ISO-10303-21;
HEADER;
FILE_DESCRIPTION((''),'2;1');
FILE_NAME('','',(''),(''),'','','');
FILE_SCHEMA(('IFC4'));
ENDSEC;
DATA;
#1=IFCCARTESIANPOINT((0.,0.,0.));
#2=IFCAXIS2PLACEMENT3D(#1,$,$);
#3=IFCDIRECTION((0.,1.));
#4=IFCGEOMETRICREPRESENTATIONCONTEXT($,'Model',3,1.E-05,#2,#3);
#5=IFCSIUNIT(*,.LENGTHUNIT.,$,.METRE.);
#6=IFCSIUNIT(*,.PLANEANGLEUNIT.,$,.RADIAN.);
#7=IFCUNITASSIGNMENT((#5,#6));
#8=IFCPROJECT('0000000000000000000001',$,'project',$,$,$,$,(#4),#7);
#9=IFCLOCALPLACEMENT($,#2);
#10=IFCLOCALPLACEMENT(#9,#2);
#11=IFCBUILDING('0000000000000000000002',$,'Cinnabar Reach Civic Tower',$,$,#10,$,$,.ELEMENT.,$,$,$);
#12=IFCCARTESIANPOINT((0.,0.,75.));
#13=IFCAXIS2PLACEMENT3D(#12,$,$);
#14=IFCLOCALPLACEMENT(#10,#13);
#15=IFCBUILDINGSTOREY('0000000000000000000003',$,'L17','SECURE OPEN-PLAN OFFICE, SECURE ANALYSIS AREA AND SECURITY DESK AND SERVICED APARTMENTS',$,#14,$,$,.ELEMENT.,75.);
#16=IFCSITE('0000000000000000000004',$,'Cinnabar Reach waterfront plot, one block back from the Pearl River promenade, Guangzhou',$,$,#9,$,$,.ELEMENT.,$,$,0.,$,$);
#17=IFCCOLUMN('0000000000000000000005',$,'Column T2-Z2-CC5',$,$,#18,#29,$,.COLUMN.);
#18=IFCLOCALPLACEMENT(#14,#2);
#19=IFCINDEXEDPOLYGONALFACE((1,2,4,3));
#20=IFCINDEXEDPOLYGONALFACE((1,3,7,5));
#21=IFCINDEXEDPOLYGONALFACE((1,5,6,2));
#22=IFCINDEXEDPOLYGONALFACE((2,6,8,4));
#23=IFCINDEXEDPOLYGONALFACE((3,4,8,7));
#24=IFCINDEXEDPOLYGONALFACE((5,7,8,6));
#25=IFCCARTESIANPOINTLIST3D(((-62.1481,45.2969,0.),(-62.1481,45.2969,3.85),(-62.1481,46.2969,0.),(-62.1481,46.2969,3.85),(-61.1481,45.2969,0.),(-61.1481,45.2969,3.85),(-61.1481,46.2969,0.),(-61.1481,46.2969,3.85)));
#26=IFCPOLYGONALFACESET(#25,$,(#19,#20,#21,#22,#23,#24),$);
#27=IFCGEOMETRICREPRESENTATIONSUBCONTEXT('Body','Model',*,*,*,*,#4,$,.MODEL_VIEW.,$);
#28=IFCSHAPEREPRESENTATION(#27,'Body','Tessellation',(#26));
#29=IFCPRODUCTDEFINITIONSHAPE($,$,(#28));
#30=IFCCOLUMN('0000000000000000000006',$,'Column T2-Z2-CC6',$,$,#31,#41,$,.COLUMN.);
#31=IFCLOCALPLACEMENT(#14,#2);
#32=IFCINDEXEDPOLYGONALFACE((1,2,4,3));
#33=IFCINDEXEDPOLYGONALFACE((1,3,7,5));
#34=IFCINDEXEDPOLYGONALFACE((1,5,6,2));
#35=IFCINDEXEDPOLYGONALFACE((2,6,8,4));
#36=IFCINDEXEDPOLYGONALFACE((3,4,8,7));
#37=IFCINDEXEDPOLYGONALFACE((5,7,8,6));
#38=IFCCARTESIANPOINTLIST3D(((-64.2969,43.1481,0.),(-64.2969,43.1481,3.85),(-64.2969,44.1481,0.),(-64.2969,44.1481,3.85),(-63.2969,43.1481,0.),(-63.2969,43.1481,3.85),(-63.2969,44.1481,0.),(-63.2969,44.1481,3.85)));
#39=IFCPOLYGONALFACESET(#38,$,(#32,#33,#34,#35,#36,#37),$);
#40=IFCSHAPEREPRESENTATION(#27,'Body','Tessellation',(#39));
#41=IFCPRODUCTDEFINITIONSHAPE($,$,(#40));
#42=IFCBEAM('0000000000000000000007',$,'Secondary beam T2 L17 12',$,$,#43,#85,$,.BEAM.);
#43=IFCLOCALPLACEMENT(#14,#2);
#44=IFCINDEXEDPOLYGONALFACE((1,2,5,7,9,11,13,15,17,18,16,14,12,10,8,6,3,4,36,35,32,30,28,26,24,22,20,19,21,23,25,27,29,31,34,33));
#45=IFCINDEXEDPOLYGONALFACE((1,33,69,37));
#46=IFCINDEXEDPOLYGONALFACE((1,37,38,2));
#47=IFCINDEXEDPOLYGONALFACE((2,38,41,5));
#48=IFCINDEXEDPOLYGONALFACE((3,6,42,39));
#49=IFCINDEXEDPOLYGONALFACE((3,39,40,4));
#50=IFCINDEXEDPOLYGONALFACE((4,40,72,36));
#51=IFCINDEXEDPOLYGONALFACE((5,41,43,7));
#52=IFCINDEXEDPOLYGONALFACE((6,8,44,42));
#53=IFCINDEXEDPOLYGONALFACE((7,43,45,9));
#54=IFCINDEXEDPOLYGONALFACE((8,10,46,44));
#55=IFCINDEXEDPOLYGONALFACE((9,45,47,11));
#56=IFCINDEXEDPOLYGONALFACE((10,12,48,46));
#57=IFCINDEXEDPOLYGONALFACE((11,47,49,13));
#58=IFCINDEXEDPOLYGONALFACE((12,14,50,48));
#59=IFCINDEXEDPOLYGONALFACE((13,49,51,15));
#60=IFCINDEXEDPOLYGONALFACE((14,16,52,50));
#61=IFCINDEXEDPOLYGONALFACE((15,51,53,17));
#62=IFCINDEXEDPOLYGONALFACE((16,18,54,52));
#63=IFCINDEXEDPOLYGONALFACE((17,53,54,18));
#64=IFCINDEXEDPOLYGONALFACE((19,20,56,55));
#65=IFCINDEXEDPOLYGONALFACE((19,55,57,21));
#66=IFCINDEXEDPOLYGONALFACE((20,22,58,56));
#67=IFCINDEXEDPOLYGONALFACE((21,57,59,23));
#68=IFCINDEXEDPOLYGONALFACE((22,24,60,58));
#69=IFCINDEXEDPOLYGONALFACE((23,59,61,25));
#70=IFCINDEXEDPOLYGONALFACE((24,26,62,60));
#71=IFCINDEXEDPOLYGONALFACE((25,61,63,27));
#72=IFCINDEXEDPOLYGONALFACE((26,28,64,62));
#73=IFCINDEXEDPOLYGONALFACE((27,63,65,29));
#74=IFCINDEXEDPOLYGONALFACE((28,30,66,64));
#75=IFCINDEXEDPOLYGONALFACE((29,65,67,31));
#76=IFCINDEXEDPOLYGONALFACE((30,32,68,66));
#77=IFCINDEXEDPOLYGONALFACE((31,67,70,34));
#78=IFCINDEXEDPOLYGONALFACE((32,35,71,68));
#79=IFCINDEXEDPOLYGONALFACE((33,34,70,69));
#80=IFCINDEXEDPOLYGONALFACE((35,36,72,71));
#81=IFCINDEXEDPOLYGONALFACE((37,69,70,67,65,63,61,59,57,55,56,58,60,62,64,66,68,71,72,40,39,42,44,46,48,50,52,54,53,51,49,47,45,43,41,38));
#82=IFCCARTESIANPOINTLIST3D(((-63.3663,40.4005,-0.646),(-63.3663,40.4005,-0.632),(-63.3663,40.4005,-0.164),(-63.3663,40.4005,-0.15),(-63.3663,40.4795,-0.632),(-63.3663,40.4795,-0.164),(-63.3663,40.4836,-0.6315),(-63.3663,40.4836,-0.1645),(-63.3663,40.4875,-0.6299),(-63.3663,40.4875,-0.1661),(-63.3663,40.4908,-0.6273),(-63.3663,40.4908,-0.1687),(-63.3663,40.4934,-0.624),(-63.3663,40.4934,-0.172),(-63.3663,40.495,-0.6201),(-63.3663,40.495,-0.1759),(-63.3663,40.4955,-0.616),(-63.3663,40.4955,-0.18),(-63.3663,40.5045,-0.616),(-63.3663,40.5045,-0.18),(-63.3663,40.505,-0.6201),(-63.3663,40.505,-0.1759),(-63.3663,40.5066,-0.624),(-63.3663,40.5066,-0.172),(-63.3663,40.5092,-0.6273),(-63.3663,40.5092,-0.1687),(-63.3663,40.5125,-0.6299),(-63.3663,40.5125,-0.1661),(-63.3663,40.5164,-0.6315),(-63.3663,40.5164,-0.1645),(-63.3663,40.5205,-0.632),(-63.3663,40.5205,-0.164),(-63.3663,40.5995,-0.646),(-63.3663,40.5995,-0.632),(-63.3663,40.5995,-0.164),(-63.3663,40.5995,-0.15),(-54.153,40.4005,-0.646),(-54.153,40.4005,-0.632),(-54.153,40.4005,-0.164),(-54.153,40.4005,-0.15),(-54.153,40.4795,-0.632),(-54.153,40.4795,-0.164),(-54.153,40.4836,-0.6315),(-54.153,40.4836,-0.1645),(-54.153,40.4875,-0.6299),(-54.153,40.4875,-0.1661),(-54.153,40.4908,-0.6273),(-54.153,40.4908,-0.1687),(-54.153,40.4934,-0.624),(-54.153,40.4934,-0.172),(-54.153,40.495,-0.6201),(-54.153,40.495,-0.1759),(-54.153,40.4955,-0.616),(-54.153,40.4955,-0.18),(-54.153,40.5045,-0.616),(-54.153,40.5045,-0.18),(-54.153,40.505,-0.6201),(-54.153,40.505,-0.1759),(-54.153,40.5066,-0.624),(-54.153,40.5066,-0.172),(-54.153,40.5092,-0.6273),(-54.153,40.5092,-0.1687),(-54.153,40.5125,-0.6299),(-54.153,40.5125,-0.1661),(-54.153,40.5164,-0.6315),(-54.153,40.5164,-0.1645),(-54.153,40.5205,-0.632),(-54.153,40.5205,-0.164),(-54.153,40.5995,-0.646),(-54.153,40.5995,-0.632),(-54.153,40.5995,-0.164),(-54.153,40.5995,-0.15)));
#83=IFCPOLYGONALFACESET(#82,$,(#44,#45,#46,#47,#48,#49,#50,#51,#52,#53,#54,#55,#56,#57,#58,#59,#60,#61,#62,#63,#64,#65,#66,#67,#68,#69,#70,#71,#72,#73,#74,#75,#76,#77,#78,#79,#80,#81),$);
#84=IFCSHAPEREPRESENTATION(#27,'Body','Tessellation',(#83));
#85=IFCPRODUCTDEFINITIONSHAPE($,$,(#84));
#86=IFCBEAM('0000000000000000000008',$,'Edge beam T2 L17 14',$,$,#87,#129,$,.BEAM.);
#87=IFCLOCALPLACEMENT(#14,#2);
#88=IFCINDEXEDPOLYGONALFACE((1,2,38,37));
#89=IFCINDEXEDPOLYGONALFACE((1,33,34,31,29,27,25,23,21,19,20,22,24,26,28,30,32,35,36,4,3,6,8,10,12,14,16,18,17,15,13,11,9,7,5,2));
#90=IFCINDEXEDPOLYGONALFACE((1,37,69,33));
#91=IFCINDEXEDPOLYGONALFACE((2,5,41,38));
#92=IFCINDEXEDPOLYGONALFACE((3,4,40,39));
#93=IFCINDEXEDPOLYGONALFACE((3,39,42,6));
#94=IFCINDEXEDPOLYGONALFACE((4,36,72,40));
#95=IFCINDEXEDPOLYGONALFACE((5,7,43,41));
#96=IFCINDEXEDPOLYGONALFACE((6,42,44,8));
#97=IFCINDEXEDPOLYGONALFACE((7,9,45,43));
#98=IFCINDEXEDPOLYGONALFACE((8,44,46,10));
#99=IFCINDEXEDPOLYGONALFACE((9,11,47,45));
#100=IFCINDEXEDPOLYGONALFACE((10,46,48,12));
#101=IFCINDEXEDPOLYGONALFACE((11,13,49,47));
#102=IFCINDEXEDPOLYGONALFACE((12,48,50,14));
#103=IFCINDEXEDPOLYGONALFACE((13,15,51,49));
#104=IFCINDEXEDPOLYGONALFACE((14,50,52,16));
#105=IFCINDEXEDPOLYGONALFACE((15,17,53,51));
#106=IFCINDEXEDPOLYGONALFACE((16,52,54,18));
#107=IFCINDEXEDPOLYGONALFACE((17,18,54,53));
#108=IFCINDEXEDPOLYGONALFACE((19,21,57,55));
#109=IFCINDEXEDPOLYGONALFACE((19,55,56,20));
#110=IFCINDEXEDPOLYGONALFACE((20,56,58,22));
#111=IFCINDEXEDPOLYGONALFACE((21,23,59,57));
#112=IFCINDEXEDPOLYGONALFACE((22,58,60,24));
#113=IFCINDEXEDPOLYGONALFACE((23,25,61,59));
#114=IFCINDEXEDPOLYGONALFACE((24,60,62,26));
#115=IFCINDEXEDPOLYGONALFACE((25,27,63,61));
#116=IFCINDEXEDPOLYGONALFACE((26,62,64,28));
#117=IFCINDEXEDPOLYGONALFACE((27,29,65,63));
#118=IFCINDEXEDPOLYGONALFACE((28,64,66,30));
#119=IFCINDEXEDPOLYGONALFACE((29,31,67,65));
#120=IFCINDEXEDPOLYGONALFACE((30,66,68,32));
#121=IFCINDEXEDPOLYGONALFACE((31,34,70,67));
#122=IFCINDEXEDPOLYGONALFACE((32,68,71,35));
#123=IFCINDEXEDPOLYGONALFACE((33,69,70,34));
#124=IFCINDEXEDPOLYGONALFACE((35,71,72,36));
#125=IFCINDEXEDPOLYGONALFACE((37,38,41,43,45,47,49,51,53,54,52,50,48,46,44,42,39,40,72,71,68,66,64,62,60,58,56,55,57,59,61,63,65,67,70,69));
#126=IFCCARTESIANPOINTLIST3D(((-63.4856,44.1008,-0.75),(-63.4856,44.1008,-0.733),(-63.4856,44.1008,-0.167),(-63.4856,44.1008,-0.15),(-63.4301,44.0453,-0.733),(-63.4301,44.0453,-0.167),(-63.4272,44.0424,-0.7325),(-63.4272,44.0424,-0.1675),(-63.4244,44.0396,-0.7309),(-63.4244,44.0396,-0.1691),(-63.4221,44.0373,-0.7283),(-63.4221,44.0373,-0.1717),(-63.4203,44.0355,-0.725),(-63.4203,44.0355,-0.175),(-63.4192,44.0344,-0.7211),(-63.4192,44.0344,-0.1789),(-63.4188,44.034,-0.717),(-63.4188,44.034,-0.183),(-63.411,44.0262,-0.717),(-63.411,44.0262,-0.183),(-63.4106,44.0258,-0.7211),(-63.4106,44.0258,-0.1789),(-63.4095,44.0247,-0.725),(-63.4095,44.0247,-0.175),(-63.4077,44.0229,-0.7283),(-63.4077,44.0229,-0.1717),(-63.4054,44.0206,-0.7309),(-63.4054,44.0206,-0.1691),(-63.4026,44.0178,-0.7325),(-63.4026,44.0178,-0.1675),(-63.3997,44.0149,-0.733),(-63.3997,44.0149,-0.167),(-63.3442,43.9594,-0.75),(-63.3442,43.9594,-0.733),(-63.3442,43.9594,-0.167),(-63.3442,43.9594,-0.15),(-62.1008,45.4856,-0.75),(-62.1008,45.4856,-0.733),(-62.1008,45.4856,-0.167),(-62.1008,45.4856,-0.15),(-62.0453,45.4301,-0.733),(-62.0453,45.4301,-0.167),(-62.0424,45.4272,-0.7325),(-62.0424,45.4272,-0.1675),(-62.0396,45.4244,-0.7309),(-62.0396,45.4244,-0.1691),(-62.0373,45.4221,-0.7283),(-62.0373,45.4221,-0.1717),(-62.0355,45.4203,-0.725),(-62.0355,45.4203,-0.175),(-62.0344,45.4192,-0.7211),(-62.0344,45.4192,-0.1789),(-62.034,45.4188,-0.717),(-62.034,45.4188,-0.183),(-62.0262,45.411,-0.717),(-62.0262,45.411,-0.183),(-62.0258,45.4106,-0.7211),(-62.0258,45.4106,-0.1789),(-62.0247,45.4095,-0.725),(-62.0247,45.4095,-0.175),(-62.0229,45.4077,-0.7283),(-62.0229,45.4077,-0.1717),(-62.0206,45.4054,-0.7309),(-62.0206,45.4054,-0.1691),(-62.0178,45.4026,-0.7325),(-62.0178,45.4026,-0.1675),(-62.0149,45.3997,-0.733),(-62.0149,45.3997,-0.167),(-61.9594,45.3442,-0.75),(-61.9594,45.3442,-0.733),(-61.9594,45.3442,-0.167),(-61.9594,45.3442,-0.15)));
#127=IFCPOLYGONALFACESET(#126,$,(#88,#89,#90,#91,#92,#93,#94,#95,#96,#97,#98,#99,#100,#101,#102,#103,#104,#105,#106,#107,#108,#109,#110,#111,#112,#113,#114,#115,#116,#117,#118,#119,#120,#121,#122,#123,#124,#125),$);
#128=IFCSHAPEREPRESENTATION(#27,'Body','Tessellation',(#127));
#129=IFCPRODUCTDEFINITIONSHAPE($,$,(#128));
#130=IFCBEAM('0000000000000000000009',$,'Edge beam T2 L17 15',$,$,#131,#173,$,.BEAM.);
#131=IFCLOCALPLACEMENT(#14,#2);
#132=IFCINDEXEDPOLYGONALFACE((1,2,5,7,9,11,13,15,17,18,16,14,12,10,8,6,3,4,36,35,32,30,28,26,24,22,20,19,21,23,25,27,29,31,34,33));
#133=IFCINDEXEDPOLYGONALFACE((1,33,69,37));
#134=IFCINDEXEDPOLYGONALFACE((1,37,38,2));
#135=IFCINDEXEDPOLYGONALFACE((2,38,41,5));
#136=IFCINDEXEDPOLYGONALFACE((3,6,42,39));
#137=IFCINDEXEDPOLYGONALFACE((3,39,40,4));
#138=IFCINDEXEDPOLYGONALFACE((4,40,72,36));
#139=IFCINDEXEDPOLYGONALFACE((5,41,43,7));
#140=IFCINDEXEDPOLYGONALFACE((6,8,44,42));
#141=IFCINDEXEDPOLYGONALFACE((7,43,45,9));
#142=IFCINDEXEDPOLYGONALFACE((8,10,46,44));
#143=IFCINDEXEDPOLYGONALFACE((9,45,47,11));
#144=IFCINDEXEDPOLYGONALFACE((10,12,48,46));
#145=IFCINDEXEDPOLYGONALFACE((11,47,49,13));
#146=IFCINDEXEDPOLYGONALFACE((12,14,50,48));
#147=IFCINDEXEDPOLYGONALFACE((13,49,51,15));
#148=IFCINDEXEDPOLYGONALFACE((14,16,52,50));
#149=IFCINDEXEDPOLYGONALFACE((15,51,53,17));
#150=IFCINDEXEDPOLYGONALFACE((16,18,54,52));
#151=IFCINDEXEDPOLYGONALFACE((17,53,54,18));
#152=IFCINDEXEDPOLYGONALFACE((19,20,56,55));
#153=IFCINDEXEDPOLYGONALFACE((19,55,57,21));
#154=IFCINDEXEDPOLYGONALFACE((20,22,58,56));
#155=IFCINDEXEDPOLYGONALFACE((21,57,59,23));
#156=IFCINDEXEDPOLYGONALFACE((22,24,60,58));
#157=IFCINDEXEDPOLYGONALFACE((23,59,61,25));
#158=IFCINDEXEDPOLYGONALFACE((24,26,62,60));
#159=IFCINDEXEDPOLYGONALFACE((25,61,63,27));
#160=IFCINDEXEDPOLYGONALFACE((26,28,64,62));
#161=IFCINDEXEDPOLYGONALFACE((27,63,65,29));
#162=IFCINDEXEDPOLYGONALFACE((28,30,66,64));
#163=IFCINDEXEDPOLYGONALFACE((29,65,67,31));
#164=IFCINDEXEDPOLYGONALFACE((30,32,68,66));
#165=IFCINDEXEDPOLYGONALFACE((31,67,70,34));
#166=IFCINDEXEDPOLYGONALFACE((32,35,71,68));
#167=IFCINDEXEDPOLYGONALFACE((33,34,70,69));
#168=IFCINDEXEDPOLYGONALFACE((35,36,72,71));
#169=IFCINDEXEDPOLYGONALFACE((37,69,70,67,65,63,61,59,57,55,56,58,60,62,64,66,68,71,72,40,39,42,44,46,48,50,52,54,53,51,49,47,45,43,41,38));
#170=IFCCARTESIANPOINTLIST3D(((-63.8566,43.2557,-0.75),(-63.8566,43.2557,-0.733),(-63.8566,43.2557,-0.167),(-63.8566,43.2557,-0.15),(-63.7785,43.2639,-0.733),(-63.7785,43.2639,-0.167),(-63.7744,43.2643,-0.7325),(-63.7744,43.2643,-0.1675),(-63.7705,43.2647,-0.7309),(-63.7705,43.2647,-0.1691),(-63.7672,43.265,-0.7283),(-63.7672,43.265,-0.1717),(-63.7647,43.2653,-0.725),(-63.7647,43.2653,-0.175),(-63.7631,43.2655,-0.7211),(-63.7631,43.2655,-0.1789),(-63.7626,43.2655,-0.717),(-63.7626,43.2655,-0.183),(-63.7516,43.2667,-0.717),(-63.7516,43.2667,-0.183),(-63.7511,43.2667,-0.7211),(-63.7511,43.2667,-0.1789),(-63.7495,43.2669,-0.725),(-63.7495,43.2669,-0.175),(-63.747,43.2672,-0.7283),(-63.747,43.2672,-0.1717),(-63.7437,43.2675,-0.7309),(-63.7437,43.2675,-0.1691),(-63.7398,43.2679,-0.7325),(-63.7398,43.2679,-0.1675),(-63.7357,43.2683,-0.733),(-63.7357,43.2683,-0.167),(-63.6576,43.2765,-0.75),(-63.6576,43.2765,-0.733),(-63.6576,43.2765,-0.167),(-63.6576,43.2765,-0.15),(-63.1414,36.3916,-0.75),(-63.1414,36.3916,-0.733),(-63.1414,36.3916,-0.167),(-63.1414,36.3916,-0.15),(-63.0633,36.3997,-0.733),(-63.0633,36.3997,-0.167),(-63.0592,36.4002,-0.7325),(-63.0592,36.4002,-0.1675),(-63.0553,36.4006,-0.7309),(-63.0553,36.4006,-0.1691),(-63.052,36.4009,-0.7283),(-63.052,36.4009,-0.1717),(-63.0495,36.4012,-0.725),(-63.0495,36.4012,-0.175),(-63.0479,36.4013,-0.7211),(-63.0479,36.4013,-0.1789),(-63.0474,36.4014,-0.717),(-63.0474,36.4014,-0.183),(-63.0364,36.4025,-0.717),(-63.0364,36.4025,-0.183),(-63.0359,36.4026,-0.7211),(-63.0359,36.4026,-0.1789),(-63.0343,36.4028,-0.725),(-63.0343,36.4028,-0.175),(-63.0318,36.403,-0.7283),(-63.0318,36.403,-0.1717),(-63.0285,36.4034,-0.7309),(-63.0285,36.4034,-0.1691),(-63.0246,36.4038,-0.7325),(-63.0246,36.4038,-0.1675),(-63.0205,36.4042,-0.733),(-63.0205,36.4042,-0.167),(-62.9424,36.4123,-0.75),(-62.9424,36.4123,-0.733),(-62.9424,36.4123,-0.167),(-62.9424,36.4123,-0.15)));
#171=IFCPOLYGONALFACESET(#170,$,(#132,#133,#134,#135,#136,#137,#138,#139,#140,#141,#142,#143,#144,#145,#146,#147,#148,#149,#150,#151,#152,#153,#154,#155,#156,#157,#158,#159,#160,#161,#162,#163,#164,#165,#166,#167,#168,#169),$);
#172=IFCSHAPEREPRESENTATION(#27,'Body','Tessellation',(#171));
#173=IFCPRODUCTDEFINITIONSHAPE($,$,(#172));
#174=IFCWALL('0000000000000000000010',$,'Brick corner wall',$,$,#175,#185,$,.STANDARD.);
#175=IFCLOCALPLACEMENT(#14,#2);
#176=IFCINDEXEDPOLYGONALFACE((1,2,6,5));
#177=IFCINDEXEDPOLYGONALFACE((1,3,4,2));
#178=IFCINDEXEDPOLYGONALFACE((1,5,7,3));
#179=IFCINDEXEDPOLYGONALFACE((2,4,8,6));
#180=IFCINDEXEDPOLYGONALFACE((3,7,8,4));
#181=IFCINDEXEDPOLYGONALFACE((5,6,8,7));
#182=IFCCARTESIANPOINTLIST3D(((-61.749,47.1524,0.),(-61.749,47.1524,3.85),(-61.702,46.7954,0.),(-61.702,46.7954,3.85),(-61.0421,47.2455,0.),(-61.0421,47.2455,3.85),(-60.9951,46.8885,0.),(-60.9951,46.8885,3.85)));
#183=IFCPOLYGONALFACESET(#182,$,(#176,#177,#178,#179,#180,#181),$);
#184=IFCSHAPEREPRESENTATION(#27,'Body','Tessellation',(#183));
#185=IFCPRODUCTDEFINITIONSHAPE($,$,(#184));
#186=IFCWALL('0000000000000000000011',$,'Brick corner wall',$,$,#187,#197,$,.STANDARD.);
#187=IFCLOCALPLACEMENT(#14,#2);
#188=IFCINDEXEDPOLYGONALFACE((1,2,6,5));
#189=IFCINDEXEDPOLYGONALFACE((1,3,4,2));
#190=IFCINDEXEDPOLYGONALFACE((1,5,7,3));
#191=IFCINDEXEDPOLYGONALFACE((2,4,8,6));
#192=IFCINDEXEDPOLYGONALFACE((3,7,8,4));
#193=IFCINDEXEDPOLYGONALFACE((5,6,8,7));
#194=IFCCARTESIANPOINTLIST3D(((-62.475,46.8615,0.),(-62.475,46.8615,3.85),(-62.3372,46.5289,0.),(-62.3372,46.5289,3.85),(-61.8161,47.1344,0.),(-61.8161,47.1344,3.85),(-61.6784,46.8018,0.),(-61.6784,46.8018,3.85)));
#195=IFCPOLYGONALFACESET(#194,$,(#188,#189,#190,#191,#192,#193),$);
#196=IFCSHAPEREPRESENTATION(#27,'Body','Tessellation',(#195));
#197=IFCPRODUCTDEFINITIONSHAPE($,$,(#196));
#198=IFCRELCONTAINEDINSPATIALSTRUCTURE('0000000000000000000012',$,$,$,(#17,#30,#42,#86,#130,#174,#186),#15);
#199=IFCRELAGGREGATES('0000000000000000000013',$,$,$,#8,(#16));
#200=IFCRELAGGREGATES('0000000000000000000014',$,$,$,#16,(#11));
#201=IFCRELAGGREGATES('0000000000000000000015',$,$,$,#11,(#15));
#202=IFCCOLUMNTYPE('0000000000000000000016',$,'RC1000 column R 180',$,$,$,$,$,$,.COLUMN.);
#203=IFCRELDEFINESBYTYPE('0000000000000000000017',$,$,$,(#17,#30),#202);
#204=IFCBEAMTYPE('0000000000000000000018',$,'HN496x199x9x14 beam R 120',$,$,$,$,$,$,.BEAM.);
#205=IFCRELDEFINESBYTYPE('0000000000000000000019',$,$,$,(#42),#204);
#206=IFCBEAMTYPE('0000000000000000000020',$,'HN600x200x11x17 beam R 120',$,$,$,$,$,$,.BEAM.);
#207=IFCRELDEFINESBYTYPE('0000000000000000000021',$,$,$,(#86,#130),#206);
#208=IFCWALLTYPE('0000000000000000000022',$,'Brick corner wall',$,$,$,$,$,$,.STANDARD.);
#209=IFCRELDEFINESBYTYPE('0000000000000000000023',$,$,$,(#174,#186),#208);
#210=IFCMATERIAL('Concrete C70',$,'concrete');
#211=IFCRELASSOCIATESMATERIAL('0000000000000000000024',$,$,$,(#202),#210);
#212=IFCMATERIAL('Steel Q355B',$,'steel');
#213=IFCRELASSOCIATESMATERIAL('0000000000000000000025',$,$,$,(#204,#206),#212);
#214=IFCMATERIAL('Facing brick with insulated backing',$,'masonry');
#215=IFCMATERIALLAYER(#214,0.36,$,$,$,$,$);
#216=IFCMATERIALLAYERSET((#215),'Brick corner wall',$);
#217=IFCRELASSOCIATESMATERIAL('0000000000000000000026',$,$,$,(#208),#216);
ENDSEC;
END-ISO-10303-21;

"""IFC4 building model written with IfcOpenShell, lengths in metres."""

from ifc_helpers import new_model, si_unit, direction, frame, frame_2d, origin, origin_2d, place, context, subcontext, project, spatial, rectangle, i_section, extrude, material, layer, layer_set, material_profile, profile_set, type_object, element, save


model = new_model("IFC4")

# Units and contexts
model_context = context("Model", 3, precision=1e-05, world=origin(), true_north=direction((0.0, 1.0)))
body_context = subcontext(model_context, "Body", "Model", "MODEL_VIEW")
ifc_project = project(units=[si_unit("LENGTHUNIT", "METRE"), si_unit("PLANEANGLEUNIT", "RADIAN")], contexts=[model_context])

# Site, building, storey
site_placement = place(None, origin())
site = spatial("IfcSite", under=ifc_project, at=site_placement, Name="Cinnabar Reach waterfront plot, one block back from the Pearl River promenade, Guangzhou", CompositionType="ELEMENT", RefElevation=0.0)
building_placement = place(site_placement, origin())
building = spatial("IfcBuilding", under=site, at=building_placement, Name="Cinnabar Reach Civic Tower", CompositionType="ELEMENT")
storey_placement = place(building_placement, frame((0.0, 0.0, 75.0)))
storey = spatial("IfcBuildingStorey", under=building, at=storey_placement, Name="L17", Description="SECURE OPEN-PLAN OFFICE, SECURE ANALYSIS AREA AND SECURITY DESK AND SERVICED APARTMENTS", CompositionType="ELEMENT", Elevation=75.0)

# Columns
ifc_material_1 = material(Name="Concrete C70", Category="concrete")
ifc_material_profile_1 = material_profile(ifc_material_1, rectangle(XDim=1.0, YDim=1.0, at=origin_2d()), Name="RC1000")
ifc_profile_set_1 = profile_set([ifc_material_profile_1], Name="Concrete C70")
column_type = type_object("IfcColumnType", Name="RC1000 column R 180", PredefinedType="COLUMN", material=ifc_profile_set_1)
for number, where, z_axis, x_axis, name in (
    (1, (-61.6481, 45.7969, 0.0), (0.0, 0.0, 1.0), (1.0, 0.0, 0.0), "Column T2-Z2-CC5"),
    (2, (-63.7969, 43.6481, 0.0), (0.0, 0.0, 1.0), (1.0, 0.0, 0.0), "Column T2-Z2-CC6"),
):
    element("IfcColumn", number, at=place(storey_placement, frame(where, z_axis=z_axis, x_axis=x_axis)), inside=storey, type_object=column_type, Name=name, PredefinedType="COLUMN", context=body_context, shape_type="SweptSolid", body=[
        extrude(rectangle(XDim=1.0, YDim=1.0, at=origin_2d()), origin(), (0.0, 0.0, 1.0), 3.85),
    ])

# Beams
ifc_material_2 = material(Name="Steel Q355B", Category="steel")
ifc_material_profile_2 = material_profile(ifc_material_2, i_section(OverallWidth=0.199, OverallDepth=0.496, WebThickness=0.009, FlangeThickness=0.014, FilletRadius=0.016, at=origin_2d()), Name="HN496x199x9x14")
ifc_profile_set_2 = profile_set([ifc_material_profile_2], Name="Steel Q355B")
beam_type_1 = type_object("IfcBeamType", Name="HN496x199x9x14 beam R 120", PredefinedType="BEAM", material=ifc_profile_set_2)
beam_1_placement = place(storey_placement, frame((-63.3663, 40.5, -0.398), z_axis=(1.0, 0.0, 0.0), x_axis=(0.0, 1.0, 0.0)))
element("IfcBeam", 3, at=beam_1_placement, inside=storey, type_object=beam_type_1, Name="Secondary beam T2 L17 12", PredefinedType="BEAM", context=body_context, shape_type="SweptSolid", body=[
    extrude(i_section(OverallWidth=0.199, OverallDepth=0.496, WebThickness=0.009, FlangeThickness=0.014, FilletRadius=0.016, at=origin_2d()), origin(), (0.0, 0.0, 1.0), 9.2133),
])
ifc_material_profile_3 = material_profile(ifc_material_2, i_section(OverallWidth=0.2, OverallDepth=0.6, WebThickness=0.011, FlangeThickness=0.017, FilletRadius=0.016, at=origin_2d()), Name="HN600x200x11x17")
ifc_profile_set_3 = profile_set([ifc_material_profile_3], Name="Steel Q355B")
beam_type_2 = type_object("IfcBeamType", Name="HN600x200x11x17 beam R 120", PredefinedType="BEAM", material=ifc_profile_set_3)
beam_2_placement = place(storey_placement, frame((-62.0301, 45.4149, -0.45), z_axis=(-0.707107, -0.707107, 0.0), x_axis=(0.707107, -0.707107, 0.0)))
element("IfcBeam", 4, at=beam_2_placement, inside=storey, type_object=beam_type_2, Name="Edge beam T2 L17 14", PredefinedType="BEAM", context=body_context, shape_type="SweptSolid", body=[
    extrude(i_section(OverallWidth=0.2, OverallDepth=0.6, WebThickness=0.011, FlangeThickness=0.017, FilletRadius=0.016, at=origin_2d()), origin(), (0.0, 0.0, 1.0), 1.9584),
])
beam_3_placement = place(storey_placement, frame((-63.7571, 43.2661, -0.45), z_axis=(0.103633, -0.994616, 0.0), x_axis=(0.994616, 0.103633, 0.0)))
element("IfcBeam", 5, at=beam_3_placement, inside=storey, type_object=beam_type_2, Name="Edge beam T2 L17 15", PredefinedType="BEAM", context=body_context, shape_type="SweptSolid", body=[
    extrude(i_section(OverallWidth=0.2, OverallDepth=0.6, WebThickness=0.011, FlangeThickness=0.017, FilletRadius=0.016, at=origin_2d()), origin(), (0.0, 0.0, 1.0), 6.9013),
])

# Walls
ifc_material_3 = material(Name="Facing brick with insulated backing", Category="masonry")
ifc_layer_1 = layer(ifc_material_3, 0.36)
ifc_layer_set_1 = layer_set([ifc_layer_1], Name="Brick corner wall")
wall_type_1 = type_object("IfcWallType", Name="Brick corner wall", PredefinedType="STANDARD", material=ifc_layer_set_1)
for number, where, z_axis, x_axis, name in (
    (6, (-61.0186, 47.067, 0.0), (0.0, 0.0, 1.0), (-0.991441, -0.130556, 0.0), "Brick corner wall"),
    (7, (-61.7473, 46.9681, 0.0), (0.0, 0.0, 1.0), (-0.923872, -0.382703, 0.0), "Brick corner wall"),
):
    element("IfcWall", number, at=place(storey_placement, frame(where, z_axis=z_axis, x_axis=x_axis)), inside=storey, type_object=wall_type_1, Name=name, PredefinedType="STANDARD", context=body_context, shape_type="SweptSolid", body=[
        extrude(rectangle(XDim=0.7131, YDim=0.36, at=frame_2d((0.3565, 0.0))), origin(), (0.0, 0.0, 1.0), 3.85),
    ])

save(model, "model.ifc")
